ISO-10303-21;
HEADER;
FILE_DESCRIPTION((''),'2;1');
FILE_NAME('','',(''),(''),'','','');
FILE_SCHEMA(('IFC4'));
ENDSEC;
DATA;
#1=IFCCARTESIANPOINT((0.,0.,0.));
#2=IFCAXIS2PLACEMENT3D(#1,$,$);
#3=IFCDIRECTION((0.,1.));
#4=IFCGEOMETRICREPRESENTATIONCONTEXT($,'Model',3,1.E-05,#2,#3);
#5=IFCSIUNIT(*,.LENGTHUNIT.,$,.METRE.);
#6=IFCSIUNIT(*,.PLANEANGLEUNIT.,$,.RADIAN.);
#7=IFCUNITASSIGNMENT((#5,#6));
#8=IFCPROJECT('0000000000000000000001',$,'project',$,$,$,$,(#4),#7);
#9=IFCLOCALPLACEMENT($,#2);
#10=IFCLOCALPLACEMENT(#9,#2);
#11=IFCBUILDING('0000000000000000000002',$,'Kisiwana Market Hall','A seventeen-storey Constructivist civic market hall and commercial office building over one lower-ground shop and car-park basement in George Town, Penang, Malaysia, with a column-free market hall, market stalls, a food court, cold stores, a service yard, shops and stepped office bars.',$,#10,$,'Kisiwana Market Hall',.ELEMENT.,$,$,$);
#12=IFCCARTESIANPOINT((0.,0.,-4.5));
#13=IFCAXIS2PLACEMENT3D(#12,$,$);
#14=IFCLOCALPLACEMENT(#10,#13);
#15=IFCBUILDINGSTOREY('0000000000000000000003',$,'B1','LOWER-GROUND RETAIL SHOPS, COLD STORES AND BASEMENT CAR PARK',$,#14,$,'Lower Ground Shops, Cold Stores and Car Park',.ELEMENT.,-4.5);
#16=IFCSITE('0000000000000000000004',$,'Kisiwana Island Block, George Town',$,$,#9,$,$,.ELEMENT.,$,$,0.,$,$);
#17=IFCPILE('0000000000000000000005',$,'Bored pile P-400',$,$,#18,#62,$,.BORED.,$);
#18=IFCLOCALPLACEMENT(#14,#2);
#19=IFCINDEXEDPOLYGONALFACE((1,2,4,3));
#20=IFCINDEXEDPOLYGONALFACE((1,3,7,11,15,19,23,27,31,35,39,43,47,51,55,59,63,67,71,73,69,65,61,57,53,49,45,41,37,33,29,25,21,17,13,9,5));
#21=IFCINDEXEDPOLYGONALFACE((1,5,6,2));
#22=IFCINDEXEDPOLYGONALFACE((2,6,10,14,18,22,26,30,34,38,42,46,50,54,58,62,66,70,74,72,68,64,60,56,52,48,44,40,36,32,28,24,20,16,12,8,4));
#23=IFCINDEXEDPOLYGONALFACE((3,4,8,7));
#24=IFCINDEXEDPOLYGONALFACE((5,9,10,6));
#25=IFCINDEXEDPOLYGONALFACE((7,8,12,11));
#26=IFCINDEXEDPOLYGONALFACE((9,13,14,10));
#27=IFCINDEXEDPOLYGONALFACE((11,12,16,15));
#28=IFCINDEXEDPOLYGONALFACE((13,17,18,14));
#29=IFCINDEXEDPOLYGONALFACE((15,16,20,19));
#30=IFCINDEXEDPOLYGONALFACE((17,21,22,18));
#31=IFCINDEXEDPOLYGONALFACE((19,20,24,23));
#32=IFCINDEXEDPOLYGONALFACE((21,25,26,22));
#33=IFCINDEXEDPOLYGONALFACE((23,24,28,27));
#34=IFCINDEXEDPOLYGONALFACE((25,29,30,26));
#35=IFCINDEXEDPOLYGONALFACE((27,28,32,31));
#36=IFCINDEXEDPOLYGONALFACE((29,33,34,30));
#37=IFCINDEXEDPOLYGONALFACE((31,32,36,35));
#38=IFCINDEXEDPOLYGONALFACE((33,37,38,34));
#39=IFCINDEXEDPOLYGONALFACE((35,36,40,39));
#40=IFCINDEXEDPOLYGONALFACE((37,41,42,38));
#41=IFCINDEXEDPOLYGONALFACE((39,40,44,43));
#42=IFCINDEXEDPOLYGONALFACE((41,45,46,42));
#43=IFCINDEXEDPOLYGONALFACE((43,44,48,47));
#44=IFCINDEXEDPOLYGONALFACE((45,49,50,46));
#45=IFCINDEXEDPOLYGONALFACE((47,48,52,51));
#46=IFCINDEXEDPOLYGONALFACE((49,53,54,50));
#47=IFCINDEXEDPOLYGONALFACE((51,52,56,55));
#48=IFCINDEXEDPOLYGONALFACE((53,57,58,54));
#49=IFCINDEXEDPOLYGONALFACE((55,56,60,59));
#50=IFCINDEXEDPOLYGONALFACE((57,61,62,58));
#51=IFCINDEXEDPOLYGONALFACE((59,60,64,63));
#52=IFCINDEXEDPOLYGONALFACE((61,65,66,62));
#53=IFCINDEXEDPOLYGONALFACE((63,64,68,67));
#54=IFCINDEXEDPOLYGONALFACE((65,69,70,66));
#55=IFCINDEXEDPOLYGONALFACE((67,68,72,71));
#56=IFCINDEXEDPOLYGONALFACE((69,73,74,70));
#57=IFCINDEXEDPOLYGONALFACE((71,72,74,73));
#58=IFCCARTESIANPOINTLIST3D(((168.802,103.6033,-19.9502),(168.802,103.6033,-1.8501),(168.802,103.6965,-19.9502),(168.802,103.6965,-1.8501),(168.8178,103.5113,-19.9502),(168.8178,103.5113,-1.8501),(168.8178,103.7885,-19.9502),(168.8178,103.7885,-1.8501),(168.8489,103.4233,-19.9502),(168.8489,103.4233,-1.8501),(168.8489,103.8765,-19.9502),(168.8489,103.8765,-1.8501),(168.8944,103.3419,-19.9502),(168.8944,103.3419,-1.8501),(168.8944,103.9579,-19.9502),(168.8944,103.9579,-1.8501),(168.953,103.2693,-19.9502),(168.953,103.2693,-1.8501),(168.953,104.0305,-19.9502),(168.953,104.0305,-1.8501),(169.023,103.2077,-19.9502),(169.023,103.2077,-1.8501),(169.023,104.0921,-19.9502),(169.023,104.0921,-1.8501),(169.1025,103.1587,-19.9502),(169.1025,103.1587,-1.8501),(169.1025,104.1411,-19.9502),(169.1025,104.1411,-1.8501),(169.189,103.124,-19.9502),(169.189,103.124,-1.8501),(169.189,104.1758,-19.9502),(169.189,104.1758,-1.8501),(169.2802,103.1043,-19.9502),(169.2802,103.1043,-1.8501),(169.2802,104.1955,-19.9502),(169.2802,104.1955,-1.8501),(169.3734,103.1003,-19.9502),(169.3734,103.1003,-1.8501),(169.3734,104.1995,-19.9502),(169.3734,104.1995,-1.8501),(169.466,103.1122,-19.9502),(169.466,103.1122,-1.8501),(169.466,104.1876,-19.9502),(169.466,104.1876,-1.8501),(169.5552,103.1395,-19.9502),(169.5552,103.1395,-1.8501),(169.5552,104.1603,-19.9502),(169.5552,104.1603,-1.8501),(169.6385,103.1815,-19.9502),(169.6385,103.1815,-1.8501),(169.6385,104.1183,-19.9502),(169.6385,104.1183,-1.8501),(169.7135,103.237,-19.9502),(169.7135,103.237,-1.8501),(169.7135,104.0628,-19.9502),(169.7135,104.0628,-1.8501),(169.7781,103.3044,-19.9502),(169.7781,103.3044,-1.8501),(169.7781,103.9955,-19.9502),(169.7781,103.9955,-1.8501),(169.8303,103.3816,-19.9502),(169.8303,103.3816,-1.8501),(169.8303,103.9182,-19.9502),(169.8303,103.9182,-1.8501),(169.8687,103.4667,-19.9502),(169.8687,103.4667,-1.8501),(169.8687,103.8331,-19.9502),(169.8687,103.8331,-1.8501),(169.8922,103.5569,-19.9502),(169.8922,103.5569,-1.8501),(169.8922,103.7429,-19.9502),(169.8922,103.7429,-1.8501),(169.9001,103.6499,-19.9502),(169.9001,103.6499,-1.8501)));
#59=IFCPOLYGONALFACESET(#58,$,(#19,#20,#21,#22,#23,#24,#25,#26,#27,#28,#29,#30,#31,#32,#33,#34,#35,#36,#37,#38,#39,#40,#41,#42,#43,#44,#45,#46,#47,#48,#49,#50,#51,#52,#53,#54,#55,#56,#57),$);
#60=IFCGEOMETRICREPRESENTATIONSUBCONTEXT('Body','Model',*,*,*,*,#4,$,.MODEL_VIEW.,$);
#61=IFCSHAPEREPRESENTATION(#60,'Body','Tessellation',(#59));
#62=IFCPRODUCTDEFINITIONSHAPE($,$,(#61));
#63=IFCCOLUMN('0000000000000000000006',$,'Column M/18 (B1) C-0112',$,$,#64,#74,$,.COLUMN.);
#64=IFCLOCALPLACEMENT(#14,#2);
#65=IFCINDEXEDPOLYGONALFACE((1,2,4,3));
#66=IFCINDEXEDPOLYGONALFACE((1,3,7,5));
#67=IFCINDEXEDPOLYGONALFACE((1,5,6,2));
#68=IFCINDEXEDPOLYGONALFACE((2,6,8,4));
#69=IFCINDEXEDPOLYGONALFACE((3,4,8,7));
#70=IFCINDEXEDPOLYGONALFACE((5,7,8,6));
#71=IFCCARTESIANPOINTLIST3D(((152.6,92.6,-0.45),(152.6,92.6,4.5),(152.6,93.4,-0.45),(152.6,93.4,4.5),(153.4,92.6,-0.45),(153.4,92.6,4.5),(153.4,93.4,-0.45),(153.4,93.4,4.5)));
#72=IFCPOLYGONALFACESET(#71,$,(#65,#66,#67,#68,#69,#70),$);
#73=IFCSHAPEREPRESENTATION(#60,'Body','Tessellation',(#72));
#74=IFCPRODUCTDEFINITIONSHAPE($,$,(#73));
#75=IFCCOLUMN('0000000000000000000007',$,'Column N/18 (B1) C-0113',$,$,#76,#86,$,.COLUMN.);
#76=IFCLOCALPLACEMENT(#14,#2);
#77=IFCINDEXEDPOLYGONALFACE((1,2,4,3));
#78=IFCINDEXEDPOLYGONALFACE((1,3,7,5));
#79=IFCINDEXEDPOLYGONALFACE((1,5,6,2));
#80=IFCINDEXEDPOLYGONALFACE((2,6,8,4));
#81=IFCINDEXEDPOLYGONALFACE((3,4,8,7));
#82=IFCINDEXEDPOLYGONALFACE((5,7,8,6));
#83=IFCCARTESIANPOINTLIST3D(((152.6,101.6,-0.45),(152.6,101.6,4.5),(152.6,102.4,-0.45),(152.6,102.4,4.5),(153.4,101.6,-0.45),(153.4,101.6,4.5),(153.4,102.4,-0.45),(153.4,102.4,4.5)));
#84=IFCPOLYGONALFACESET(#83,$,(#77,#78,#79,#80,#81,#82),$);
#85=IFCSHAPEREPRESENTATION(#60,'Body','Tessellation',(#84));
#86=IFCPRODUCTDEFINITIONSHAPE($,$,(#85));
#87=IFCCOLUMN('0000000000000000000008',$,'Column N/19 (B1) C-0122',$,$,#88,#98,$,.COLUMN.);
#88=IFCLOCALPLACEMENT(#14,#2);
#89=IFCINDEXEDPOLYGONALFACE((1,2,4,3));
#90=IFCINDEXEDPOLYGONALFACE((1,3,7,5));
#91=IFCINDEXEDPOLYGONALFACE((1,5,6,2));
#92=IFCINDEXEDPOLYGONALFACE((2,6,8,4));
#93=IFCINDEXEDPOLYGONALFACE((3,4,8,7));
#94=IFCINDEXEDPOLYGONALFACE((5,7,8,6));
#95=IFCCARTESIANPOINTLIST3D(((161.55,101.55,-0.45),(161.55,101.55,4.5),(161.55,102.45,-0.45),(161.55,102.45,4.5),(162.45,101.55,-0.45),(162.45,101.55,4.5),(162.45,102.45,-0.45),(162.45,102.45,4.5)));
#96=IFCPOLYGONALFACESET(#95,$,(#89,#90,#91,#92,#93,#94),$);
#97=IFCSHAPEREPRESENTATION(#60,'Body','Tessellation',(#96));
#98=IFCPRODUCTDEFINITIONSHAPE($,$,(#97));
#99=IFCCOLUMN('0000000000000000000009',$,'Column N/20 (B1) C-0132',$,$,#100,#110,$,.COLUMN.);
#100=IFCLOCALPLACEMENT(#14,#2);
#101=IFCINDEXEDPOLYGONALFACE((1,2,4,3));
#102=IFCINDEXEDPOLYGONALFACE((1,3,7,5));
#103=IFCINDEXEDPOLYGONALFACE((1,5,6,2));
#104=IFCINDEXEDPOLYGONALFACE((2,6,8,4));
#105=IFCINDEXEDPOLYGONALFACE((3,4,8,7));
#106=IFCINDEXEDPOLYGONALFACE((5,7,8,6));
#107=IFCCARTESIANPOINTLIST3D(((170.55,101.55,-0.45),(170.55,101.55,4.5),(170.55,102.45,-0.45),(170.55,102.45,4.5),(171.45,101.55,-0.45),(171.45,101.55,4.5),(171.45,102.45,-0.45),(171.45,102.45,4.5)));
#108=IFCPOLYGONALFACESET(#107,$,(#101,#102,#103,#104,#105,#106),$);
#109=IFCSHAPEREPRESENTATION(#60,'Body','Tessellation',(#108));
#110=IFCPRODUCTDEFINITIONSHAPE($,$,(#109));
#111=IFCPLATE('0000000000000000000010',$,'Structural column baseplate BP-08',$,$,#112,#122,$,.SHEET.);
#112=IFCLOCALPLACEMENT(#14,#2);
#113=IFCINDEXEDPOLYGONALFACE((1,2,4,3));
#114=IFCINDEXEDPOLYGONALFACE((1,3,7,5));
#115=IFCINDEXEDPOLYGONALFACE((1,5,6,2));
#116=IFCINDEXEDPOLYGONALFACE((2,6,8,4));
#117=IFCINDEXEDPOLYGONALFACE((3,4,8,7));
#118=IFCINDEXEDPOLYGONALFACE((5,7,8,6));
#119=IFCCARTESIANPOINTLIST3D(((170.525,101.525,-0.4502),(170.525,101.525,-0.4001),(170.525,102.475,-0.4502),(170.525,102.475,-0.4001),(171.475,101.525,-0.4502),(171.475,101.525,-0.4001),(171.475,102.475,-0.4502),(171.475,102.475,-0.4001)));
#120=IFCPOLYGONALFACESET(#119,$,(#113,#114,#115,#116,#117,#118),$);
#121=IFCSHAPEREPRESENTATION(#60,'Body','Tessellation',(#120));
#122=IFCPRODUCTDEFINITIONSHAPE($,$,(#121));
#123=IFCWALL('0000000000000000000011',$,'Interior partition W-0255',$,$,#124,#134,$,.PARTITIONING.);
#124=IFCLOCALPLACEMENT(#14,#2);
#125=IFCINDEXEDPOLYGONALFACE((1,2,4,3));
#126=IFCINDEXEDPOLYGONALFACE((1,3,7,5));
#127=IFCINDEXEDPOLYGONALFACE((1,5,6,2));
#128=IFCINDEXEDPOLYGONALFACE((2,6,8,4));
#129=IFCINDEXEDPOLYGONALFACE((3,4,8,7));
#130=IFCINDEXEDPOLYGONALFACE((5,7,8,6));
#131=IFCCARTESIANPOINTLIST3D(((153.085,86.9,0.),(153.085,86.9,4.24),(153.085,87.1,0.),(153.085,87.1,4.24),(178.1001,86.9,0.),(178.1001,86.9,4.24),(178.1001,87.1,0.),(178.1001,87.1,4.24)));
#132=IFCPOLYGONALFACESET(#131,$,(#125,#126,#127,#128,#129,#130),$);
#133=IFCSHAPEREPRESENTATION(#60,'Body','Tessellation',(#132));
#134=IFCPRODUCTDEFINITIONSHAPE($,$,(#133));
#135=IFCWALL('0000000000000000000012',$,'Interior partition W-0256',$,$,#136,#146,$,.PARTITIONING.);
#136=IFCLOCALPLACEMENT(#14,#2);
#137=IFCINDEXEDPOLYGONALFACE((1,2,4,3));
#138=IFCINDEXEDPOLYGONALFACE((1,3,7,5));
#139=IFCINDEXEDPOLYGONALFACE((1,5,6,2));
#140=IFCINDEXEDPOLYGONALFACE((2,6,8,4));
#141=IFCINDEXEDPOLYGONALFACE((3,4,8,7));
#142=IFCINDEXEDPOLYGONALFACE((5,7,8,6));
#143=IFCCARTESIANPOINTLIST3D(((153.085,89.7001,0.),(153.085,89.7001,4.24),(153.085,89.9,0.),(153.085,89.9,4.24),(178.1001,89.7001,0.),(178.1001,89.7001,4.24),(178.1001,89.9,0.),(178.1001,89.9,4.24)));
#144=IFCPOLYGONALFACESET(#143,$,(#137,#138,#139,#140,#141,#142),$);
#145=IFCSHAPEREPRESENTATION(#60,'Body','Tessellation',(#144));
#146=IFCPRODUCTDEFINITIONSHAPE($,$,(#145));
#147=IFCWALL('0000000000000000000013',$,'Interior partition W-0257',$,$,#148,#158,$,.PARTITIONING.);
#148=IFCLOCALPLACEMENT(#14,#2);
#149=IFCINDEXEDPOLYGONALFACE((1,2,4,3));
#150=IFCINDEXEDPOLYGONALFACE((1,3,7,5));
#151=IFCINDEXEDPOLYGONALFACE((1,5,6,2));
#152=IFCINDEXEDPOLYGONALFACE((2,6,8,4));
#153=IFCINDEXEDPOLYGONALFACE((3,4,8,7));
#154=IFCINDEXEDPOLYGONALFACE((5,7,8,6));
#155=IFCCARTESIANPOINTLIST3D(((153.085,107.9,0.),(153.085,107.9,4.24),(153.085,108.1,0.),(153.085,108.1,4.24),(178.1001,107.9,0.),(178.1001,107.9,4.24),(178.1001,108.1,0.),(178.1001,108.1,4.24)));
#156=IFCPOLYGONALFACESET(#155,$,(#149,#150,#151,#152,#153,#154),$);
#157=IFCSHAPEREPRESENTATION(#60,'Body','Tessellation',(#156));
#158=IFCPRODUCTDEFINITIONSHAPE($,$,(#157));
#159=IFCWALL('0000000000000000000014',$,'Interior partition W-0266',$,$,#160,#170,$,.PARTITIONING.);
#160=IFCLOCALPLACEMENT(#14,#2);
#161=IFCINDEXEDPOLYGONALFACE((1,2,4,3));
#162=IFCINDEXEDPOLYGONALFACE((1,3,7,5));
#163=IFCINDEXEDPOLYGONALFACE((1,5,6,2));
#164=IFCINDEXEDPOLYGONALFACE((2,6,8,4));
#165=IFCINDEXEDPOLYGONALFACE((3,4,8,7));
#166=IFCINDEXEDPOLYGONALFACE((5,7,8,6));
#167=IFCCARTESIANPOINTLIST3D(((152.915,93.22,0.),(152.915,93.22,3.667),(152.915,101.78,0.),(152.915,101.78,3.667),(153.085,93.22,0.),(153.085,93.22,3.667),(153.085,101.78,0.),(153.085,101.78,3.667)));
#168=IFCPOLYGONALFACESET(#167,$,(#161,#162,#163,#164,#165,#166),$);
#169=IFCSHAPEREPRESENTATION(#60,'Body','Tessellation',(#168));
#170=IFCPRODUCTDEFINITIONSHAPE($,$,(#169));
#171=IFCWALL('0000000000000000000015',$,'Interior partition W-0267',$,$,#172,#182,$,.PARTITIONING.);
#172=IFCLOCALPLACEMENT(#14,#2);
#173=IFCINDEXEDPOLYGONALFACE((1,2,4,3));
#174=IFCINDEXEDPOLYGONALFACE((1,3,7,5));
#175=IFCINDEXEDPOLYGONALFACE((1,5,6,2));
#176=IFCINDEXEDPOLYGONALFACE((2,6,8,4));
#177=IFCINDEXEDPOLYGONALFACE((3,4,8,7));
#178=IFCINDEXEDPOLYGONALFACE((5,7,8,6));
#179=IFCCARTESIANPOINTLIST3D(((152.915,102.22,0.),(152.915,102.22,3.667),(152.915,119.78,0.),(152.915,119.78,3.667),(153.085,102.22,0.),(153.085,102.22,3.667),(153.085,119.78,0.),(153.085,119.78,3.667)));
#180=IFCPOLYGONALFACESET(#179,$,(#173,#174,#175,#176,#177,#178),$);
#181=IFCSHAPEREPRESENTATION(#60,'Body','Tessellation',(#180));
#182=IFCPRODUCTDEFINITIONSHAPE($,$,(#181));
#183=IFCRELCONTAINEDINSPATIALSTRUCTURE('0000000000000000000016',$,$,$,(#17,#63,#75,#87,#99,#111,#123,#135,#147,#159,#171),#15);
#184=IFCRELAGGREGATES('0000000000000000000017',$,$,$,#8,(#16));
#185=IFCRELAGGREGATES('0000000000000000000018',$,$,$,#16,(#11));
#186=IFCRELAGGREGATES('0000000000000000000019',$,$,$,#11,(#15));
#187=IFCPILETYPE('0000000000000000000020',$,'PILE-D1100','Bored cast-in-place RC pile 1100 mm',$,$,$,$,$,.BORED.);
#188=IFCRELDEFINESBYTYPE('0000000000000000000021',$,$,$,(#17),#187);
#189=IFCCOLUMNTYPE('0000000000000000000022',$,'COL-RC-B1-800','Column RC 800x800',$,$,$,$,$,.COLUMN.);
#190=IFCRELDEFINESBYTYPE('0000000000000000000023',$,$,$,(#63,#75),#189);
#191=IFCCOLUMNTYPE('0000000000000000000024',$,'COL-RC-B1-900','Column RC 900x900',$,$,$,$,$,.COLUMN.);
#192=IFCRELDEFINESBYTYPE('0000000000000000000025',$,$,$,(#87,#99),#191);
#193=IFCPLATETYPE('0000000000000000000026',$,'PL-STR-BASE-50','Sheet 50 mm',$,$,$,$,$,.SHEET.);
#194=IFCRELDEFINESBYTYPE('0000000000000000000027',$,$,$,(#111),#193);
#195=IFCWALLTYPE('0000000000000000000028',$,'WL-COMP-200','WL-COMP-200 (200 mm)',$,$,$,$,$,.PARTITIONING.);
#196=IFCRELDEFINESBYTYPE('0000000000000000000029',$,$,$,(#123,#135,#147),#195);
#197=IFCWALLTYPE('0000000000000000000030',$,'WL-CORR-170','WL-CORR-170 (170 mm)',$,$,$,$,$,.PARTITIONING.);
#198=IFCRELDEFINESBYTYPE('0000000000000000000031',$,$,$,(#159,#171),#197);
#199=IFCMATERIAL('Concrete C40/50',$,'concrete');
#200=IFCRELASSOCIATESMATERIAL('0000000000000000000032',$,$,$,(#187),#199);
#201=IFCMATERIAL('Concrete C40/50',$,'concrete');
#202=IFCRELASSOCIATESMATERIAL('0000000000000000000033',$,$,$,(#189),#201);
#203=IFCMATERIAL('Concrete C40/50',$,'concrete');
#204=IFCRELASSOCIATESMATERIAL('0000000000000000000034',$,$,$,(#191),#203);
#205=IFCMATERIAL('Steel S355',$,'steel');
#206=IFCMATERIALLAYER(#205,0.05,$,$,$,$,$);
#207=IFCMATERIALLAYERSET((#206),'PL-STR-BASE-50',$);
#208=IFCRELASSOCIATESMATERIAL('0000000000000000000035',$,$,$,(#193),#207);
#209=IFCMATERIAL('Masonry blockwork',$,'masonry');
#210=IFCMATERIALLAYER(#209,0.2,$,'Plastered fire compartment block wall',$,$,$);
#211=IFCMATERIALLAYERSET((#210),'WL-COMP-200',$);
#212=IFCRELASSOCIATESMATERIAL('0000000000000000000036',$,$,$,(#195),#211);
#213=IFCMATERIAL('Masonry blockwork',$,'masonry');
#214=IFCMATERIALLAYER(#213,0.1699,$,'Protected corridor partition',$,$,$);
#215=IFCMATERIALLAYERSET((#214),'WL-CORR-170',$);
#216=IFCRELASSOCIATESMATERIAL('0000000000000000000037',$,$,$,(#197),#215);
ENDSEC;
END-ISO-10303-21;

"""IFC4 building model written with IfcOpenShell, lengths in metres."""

from ifc_helpers import new_model, si_unit, direction, frame, frame_2d, origin, origin_2d, place, context, subcontext, project, spatial, rectangle, circle, extrude, material, layer, layer_set, material_profile, profile_set, type_object, element, save


model = new_model("IFC4")

# Units and contexts
model_context = context("Model", 3, precision=1e-05, world=origin(), true_north=direction((0.0, 1.0)))
body_context = subcontext(model_context, "Body", "Model", "MODEL_VIEW")
ifc_project = project(units=[si_unit("LENGTHUNIT", "METRE"), si_unit("PLANEANGLEUNIT", "RADIAN")], contexts=[model_context])

# Site, building, storey
site_placement = place(None, origin())
site = spatial("IfcSite", under=ifc_project, at=site_placement, Name="Kisiwana Island Block, George Town", CompositionType="ELEMENT", RefElevation=0.0)
building_placement = place(site_placement, origin())
building = spatial("IfcBuilding", under=site, at=building_placement, Name="Kisiwana Market Hall", Description="A seventeen-storey Constructivist civic market hall and commercial office building over one lower-ground shop and car-park basement in George Town, Penang, Malaysia, with a column-free market hall, market stalls, a food court, cold stores, a service yard, shops and stepped office bars.", LongName="Kisiwana Market Hall", CompositionType="ELEMENT")
storey_placement = place(building_placement, frame((0.0, 0.0, -4.5)))
storey = spatial("IfcBuildingStorey", under=building, at=storey_placement, Name="B1", Description="LOWER-GROUND RETAIL SHOPS, COLD STORES AND BASEMENT CAR PARK", LongName="Lower Ground Shops, Cold Stores and Car Park", CompositionType="ELEMENT", Elevation=-4.5)

# Pile
ifc_material_1 = material(Name="Concrete C40/50", Category="concrete")
ifc_material_profile_1 = material_profile(ifc_material_1, circle(Radius=0.55, at=origin_2d()), Name="BP D1100")
ifc_profile_set_1 = profile_set([ifc_material_profile_1], Name="Concrete C40/50")
pile_type_1 = type_object("IfcPileType", Name="PILE-D1100", Description="Bored cast-in-place RC pile 1100 mm", PredefinedType="BORED", material=ifc_profile_set_1)
for number, where, z_axis, x_axis, name in (
    (1, (169.3501, 103.6499, -1.8501), (0.0, 0.0, -1.0), (1.0, 0.0, 0.0), "Bored pile P-400"),
):
    element("IfcPile", number, at=place(storey_placement, frame(where, z_axis=z_axis, x_axis=x_axis)), inside=storey, type_object=pile_type_1, Name=name, PredefinedType="BORED", context=body_context, shape_type="SweptSolid", body=[
        extrude(circle(Radius=0.55, at=origin_2d()), origin(), (0.0, 0.0, 1.0), 18.1001),
    ])

# Columns
ifc_material_2 = material(Name="Concrete C40/50", Category="concrete")
ifc_material_profile_2 = material_profile(ifc_material_2, rectangle(XDim=0.8, YDim=0.8, at=origin_2d()), Name="RC 800x800")
ifc_profile_set_2 = profile_set([ifc_material_profile_2], Name="Concrete C40/50")
column_type_1 = type_object("IfcColumnType", Name="COL-RC-B1-800", Description="Column RC 800x800", PredefinedType="COLUMN", material=ifc_profile_set_2)
for number, where, z_axis, x_axis, name in (
    (2, (153.0, 93.0, -0.45), (0.0, 0.0, 1.0), (1.0, 0.0, 0.0), "Column M/18 (B1) C-0112"),
    (3, (153.0, 102.0, -0.45), (0.0, 0.0, 1.0), (1.0, 0.0, 0.0), "Column N/18 (B1) C-0113"),
):
    element("IfcColumn", number, at=place(storey_placement, frame(where, z_axis=z_axis, x_axis=x_axis)), inside=storey, type_object=column_type_1, Name=name, PredefinedType="COLUMN", context=body_context, shape_type="SweptSolid", body=[
        extrude(rectangle(XDim=0.8, YDim=0.8, at=origin_2d()), origin(), (0.0, 0.0, 1.0), 4.95),
    ])
ifc_material_3 = material(Name="Concrete C40/50", Category="concrete")
ifc_material_profile_3 = material_profile(ifc_material_3, rectangle(XDim=0.8999, YDim=0.8999, at=origin_2d()), Name="RC 900x900")
ifc_profile_set_3 = profile_set([ifc_material_profile_3], Name="Concrete C40/50")
column_type_2 = type_object("IfcColumnType", Name="COL-RC-B1-900", Description="Column RC 900x900", PredefinedType="COLUMN", material=ifc_profile_set_3)
for number, where, z_axis, x_axis, name in (
    (4, (162.0, 102.0, -0.45), (0.0, 0.0, 1.0), (1.0, 0.0, 0.0), "Column N/19 (B1) C-0122"),
    (5, (171.0, 102.0, -0.45), (0.0, 0.0, 1.0), (1.0, 0.0, 0.0), "Column N/20 (B1) C-0132"),
):
    element("IfcColumn", number, at=place(storey_placement, frame(where, z_axis=z_axis, x_axis=x_axis)), inside=storey, type_object=column_type_2, Name=name, PredefinedType="COLUMN", context=body_context, shape_type="SweptSolid", body=[
        extrude(rectangle(XDim=0.8999, YDim=0.8999, at=origin_2d()), origin(), (0.0, 0.0, 1.0), 4.95),
    ])

# Plate
ifc_material_4 = material(Name="Steel S355", Category="steel")
ifc_layer_1 = layer(ifc_material_4, 0.05)
ifc_layer_set_1 = layer_set([ifc_layer_1], Name="PL-STR-BASE-50")
plate_type = type_object("IfcPlateType", Name="PL-STR-BASE-50", Description="Sheet 50 mm", PredefinedType="SHEET", material=ifc_layer_set_1)
plate_placement = place(storey_placement, frame((171.0, 102.0, -0.4502), z_axis=(0.0, 0.0, 1.0), x_axis=(1.0, 0.0, 0.0)))
element("IfcPlate", 6, at=plate_placement, inside=storey, type_object=plate_type, Name="Structural column baseplate BP-08", PredefinedType="SHEET", context=body_context, shape_type="SweptSolid", body=[
    extrude(rectangle(XDim=0.95, YDim=0.95, at=origin_2d()), origin(), (0.0, 0.0, 1.0), 0.05),
])

# Walls
ifc_material_5 = material(Name="Masonry blockwork", Category="masonry")
ifc_layer_2 = layer(ifc_material_5, 0.2, Name="Plastered fire compartment block wall")
ifc_layer_set_2 = layer_set([ifc_layer_2], Name="WL-COMP-200")
wall_type_1 = type_object("IfcWallType", Name="WL-COMP-200", Description="WL-COMP-200 (200 mm)", PredefinedType="PARTITIONING", material=ifc_layer_set_2)
for number, where, z_axis, x_axis, name in (
    (7, (153.085, 87.0, 0.0), (0.0, 0.0, 1.0), (1.0, 0.0, 0.0), "Interior partition W-0255"),
    (8, (153.085, 89.8, 0.0), (0.0, 0.0, 1.0), (1.0, 0.0, 0.0), "Interior partition W-0256"),
    (9, (153.085, 108.0, 0.0), (0.0, 0.0, 1.0), (1.0, 0.0, 0.0), "Interior partition W-0257"),
):
    element("IfcWall", number, at=place(storey_placement, frame(where, z_axis=z_axis, x_axis=x_axis)), inside=storey, type_object=wall_type_1, Name=name, PredefinedType="PARTITIONING", context=body_context, shape_type="SweptSolid", body=[
        extrude(rectangle(XDim=25.0151, YDim=0.2, at=frame_2d((12.5076, 0.0))), origin(), (0.0, 0.0, 1.0), 4.24),
    ])
ifc_material_6 = material(Name="Masonry blockwork", Category="masonry")
ifc_layer_3 = layer(ifc_material_6, 0.1699, Name="Protected corridor partition")
ifc_layer_set_3 = layer_set([ifc_layer_3], Name="WL-CORR-170")
wall_type_2 = type_object("IfcWallType", Name="WL-CORR-170", Description="WL-CORR-170 (170 mm)", PredefinedType="PARTITIONING", material=ifc_layer_set_3)
wall_1_placement = place(storey_placement, frame((153.0, 93.22, 0.0), z_axis=(0.0, 0.0, 1.0), x_axis=(0.0, 1.0, 0.0)))
element("IfcWall", 10, at=wall_1_placement, inside=storey, type_object=wall_type_2, Name="Interior partition W-0266", PredefinedType="PARTITIONING", context=body_context, shape_type="SweptSolid", body=[
    extrude(rectangle(XDim=8.5601, YDim=0.1699, at=frame_2d((4.28, 0.0))), origin(), (0.0, 0.0, 1.0), 3.667),
])
wall_2_placement = place(storey_placement, frame((153.0, 102.22, 0.0), z_axis=(0.0, 0.0, 1.0), x_axis=(0.0, 1.0, 0.0)))
element("IfcWall", 11, at=wall_2_placement, inside=storey, type_object=wall_type_2, Name="Interior partition W-0267", PredefinedType="PARTITIONING", context=body_context, shape_type="SweptSolid", body=[
    extrude(rectangle(XDim=17.5601, YDim=0.1699, at=frame_2d((8.78, 0.0))), origin(), (0.0, 0.0, 1.0), 3.667),
])

save(model, "model.ifc")
